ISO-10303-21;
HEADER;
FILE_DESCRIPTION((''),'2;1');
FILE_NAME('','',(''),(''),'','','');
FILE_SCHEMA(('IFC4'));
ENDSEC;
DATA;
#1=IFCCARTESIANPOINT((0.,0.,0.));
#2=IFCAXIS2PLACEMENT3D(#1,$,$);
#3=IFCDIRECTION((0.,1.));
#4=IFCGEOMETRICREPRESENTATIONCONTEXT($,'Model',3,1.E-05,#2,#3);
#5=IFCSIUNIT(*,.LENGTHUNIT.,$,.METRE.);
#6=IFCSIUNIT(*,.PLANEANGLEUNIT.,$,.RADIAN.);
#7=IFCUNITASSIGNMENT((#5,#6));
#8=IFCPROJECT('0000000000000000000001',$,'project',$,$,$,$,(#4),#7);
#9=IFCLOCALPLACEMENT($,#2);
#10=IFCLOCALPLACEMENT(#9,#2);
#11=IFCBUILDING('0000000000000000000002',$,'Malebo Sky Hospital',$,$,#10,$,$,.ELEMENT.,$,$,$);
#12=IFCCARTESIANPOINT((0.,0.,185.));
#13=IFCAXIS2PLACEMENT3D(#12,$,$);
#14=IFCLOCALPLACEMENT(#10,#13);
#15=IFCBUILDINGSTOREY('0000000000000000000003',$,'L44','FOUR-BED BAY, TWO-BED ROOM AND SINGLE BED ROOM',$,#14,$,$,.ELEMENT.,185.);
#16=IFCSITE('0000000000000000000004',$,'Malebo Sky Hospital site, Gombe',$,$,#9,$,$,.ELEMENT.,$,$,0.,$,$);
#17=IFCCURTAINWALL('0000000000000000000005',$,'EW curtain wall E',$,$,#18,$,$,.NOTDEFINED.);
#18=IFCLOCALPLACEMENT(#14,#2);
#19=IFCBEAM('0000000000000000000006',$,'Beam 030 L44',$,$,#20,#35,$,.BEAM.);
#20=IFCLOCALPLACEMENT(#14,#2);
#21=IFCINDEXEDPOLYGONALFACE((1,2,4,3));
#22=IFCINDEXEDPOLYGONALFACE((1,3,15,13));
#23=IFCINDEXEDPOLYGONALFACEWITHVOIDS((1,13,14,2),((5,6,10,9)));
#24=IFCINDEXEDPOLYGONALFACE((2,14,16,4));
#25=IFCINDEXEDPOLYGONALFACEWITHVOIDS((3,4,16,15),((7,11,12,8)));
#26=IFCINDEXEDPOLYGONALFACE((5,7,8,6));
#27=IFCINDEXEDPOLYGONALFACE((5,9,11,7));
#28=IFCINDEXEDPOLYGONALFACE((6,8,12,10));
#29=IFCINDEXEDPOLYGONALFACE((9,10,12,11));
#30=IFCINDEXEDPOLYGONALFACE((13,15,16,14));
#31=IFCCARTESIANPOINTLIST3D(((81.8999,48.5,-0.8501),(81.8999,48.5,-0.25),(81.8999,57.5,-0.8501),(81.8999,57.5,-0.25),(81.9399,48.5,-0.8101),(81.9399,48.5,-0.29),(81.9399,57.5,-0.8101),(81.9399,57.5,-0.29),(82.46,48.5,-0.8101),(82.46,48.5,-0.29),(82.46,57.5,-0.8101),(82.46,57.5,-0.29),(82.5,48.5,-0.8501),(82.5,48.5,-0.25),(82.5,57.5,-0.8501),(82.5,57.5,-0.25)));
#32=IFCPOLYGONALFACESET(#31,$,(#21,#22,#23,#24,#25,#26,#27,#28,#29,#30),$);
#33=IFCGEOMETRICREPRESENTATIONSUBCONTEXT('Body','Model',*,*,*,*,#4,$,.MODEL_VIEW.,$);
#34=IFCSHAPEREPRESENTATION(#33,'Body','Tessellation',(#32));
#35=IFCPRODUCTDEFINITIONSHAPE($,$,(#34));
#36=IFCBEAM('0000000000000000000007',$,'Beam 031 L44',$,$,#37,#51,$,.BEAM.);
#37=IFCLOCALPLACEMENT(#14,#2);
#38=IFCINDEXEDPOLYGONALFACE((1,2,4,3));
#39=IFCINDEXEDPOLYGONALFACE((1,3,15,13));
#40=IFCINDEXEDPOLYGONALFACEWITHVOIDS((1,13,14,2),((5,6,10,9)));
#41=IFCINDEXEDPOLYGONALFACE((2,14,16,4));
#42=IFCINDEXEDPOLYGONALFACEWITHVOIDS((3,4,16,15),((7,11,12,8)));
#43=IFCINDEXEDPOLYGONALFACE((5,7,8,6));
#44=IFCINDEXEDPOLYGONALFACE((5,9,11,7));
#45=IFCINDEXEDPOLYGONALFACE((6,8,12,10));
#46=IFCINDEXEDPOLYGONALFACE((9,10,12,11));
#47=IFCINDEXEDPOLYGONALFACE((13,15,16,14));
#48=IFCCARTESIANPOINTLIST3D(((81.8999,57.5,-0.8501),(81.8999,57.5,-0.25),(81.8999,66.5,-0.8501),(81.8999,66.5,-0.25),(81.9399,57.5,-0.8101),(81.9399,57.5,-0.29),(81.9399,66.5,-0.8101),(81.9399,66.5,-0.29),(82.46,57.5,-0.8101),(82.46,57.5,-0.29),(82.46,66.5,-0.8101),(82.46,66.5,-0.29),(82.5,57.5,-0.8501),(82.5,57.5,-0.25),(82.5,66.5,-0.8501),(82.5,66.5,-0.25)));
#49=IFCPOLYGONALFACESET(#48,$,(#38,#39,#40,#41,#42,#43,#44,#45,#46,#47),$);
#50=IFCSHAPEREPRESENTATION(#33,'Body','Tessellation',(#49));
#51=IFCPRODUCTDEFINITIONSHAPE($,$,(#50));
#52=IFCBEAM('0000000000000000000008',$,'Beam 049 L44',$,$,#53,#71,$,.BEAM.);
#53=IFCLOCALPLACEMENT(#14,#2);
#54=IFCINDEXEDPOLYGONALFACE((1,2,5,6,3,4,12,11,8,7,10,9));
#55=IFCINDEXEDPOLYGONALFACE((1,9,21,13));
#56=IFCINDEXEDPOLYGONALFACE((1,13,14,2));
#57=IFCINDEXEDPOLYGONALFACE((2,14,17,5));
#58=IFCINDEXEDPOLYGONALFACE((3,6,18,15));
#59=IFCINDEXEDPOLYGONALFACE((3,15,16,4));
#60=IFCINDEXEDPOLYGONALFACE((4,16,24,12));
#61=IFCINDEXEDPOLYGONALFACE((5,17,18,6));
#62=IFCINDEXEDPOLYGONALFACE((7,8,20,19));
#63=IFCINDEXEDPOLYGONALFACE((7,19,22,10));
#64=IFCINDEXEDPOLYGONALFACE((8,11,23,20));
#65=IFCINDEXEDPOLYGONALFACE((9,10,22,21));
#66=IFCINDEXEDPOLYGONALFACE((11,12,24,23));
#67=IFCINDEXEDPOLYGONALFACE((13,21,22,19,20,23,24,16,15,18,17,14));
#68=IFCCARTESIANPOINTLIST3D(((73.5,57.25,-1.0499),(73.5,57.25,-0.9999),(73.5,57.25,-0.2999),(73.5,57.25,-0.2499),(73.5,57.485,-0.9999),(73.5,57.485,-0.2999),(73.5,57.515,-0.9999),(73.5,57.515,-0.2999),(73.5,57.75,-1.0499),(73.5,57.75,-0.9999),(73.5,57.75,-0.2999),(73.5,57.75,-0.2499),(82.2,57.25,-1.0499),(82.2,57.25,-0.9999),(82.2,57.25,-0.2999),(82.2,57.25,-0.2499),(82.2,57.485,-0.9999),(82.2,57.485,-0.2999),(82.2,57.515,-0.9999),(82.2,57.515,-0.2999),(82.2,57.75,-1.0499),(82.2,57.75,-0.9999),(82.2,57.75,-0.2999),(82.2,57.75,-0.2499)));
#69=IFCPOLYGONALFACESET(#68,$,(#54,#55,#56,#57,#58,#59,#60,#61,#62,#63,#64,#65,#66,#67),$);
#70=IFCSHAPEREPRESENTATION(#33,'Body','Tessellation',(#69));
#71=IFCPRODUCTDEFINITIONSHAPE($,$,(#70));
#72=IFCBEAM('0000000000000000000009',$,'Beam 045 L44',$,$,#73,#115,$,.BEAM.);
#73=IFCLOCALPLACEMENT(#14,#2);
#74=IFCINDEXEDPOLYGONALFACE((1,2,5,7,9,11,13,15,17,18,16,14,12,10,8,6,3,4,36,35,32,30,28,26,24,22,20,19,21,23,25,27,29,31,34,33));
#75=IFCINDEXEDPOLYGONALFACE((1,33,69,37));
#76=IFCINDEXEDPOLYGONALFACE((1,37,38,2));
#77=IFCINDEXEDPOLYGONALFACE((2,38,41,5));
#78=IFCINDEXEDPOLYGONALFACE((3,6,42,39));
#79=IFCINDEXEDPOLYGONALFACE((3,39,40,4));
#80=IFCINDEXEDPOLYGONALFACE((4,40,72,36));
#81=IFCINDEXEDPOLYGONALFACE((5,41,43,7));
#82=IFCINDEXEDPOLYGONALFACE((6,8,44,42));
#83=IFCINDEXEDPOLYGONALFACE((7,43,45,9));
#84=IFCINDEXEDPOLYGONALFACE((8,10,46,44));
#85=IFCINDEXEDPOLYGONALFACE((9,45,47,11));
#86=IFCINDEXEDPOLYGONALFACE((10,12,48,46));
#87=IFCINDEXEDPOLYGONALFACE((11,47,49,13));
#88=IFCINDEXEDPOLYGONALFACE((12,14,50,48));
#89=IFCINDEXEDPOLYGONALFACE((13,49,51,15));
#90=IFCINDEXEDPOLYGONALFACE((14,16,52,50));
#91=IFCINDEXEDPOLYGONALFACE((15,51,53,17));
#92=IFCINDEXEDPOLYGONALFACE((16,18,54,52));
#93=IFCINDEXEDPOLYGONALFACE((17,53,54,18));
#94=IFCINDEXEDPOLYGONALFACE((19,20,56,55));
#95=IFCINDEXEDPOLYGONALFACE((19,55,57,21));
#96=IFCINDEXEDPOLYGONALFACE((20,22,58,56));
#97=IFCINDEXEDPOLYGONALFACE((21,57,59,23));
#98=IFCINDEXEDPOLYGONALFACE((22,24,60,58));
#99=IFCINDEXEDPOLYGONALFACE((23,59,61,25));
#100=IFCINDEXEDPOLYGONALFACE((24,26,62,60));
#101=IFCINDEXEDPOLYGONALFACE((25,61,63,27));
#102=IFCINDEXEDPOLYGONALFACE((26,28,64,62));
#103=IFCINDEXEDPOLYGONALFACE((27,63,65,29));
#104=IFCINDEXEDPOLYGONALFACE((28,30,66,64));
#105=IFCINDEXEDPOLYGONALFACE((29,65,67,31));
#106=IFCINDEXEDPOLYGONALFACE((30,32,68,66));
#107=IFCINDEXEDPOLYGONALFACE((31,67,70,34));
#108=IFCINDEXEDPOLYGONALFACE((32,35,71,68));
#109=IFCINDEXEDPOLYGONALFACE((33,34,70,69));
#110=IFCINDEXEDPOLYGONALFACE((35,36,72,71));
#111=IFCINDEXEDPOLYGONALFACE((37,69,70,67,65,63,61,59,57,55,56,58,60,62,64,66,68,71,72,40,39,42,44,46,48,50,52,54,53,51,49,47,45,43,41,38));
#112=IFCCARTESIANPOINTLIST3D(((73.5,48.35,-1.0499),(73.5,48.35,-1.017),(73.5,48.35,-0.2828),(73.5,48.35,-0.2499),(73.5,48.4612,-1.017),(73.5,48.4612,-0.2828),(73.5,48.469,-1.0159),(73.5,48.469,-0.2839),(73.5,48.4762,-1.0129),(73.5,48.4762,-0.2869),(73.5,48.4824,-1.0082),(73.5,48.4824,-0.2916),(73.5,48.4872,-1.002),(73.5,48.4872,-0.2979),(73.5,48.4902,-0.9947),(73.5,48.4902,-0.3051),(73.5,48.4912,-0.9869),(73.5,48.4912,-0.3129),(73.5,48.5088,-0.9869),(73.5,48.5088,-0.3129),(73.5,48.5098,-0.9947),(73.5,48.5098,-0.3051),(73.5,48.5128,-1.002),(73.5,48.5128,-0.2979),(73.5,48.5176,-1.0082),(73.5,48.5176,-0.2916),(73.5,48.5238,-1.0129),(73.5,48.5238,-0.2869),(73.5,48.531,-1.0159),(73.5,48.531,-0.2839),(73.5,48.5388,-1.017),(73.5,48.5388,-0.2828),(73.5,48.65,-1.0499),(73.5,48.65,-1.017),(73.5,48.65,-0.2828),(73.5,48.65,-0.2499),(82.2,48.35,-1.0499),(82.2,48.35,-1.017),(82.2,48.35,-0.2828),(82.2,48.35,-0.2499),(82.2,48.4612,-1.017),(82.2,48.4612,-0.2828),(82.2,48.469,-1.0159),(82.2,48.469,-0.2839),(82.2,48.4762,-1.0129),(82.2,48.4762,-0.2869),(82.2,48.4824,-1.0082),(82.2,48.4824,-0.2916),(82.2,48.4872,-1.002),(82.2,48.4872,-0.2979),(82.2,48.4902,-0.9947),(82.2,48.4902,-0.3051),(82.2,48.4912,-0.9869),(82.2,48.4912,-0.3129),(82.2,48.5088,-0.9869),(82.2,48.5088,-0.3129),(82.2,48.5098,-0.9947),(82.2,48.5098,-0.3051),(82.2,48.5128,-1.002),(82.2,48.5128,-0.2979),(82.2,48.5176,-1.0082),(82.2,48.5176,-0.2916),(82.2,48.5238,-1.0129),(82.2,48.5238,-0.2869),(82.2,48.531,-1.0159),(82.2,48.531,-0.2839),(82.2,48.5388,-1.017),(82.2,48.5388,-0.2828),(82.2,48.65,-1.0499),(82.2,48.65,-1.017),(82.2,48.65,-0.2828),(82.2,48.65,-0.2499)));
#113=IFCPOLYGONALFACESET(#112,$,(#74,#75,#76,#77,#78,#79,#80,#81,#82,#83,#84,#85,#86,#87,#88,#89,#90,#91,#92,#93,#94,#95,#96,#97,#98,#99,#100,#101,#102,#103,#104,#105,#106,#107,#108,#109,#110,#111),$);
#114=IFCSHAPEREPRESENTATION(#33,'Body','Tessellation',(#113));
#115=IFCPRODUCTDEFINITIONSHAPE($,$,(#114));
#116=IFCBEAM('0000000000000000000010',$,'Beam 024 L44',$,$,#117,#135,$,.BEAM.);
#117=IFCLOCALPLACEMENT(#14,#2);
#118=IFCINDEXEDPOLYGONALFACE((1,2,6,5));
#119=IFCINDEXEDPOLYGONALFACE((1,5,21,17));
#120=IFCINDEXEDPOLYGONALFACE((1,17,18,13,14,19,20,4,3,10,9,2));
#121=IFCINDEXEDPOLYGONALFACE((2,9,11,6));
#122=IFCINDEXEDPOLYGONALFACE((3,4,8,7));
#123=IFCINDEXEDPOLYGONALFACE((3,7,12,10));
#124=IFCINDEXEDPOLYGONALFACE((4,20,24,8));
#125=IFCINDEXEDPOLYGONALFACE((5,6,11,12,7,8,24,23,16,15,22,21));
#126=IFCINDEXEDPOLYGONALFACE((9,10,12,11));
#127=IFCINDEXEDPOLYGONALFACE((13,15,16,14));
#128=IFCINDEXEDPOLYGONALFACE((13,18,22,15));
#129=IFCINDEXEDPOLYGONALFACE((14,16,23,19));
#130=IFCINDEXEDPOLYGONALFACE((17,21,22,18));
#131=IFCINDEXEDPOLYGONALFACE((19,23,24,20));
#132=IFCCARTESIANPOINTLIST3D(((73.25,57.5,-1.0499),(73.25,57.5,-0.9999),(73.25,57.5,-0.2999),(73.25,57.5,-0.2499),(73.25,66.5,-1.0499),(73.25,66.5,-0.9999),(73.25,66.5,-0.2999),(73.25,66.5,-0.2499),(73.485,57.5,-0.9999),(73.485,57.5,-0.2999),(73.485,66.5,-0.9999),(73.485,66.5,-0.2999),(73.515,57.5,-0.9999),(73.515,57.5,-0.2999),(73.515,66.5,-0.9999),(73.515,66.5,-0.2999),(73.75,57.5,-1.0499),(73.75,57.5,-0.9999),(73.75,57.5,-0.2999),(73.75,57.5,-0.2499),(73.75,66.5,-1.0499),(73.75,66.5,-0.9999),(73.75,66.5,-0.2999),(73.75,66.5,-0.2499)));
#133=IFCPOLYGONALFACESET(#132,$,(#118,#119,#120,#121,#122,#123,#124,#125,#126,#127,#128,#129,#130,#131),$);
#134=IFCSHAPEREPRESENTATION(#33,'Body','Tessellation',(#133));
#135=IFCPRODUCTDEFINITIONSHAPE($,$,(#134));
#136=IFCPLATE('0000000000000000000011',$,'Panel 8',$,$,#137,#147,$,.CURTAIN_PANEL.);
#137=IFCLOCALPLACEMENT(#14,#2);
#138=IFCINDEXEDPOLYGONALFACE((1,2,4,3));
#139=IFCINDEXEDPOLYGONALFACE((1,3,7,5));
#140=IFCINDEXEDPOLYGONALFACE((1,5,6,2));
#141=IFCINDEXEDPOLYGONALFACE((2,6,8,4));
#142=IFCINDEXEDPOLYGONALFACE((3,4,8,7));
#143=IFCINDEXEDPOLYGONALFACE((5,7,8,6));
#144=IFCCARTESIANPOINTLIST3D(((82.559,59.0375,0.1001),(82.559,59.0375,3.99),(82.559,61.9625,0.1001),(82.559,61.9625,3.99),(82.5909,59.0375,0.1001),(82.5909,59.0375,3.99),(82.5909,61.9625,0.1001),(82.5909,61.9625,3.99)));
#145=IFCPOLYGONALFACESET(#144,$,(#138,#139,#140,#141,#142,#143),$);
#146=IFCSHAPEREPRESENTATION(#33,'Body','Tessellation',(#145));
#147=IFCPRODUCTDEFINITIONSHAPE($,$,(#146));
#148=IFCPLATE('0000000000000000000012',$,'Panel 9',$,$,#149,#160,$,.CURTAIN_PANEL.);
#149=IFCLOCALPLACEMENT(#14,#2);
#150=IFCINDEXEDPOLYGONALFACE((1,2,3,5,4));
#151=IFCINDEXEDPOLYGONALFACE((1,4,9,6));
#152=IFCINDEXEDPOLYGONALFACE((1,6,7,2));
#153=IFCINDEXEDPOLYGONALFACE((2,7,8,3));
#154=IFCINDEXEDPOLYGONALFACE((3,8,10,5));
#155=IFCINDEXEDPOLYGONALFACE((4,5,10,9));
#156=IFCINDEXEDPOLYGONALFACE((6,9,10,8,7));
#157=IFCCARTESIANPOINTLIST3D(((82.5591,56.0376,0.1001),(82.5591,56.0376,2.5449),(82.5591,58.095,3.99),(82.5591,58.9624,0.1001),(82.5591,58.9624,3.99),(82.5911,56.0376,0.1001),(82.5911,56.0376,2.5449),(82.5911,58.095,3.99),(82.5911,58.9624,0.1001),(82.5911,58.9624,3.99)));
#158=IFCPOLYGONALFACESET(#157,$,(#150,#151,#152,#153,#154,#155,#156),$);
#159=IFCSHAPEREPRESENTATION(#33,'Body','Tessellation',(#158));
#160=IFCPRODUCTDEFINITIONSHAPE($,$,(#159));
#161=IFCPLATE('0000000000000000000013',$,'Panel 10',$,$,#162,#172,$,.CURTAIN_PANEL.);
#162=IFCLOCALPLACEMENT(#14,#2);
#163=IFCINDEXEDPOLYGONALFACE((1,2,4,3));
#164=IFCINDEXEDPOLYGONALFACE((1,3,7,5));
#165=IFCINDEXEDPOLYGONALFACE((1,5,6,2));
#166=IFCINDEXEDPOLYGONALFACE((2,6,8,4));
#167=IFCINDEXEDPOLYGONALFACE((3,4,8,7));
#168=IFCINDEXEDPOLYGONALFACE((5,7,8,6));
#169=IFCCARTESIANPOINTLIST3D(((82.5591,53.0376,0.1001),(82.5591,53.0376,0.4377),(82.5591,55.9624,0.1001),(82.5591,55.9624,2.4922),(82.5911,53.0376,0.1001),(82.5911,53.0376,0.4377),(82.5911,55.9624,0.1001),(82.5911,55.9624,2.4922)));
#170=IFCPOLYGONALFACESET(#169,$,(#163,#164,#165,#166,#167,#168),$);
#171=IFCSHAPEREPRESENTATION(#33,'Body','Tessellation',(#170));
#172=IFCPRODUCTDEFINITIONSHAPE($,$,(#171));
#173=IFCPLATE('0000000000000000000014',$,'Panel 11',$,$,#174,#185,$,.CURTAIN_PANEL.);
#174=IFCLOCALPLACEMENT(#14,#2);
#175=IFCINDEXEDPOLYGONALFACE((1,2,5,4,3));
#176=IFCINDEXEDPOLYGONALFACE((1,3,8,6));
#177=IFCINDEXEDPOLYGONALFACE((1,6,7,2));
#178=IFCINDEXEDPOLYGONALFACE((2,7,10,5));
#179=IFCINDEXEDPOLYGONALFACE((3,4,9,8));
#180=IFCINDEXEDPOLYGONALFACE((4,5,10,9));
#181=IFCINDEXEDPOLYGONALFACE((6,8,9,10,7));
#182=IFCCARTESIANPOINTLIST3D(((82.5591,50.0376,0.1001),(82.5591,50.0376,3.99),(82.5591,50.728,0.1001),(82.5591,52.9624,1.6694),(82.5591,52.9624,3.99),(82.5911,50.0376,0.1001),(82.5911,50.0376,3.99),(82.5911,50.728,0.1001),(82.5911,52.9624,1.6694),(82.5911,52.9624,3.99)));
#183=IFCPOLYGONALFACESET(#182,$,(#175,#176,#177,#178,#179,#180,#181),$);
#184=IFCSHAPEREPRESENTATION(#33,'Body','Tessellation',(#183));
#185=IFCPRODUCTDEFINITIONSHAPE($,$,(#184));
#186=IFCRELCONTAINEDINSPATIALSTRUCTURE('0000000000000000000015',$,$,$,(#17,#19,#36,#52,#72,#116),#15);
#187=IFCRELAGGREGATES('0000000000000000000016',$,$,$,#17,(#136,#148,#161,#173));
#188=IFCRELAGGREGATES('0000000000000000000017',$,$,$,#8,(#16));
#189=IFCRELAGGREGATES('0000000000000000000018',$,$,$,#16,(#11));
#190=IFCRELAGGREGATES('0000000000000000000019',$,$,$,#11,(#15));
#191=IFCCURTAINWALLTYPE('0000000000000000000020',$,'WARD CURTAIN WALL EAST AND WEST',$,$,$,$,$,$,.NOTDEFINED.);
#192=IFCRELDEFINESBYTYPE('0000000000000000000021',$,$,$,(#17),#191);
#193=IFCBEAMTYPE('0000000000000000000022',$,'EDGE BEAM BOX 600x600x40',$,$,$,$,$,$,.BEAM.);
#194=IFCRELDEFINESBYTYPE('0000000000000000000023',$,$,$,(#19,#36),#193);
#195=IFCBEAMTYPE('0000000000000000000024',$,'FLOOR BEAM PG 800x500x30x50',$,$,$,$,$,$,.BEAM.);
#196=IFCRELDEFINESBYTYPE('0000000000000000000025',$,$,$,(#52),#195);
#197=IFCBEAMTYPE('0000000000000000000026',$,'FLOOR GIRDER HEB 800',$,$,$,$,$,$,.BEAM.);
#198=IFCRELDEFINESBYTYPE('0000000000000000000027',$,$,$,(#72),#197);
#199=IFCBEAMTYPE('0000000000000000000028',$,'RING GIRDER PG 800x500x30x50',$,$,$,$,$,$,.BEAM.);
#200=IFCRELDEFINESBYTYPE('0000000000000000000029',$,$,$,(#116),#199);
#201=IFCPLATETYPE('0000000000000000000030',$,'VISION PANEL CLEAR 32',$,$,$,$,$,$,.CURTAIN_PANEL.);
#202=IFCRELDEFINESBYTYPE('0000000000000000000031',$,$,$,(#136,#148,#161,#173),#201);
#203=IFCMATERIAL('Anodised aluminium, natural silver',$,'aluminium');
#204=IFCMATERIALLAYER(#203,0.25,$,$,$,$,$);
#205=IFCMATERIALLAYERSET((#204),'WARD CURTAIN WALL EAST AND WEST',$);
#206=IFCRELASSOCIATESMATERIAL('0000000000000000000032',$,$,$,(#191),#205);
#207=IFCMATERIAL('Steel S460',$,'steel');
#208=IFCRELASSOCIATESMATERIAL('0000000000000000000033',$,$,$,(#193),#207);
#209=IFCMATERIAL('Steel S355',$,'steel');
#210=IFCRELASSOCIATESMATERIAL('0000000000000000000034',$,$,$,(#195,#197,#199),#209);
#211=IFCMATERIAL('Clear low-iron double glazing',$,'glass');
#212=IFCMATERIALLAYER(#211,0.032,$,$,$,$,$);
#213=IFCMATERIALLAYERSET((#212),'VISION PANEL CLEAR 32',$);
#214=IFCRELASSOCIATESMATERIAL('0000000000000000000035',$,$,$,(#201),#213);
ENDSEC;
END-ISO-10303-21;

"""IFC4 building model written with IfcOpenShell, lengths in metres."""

from ifc_helpers import new_model, si_unit, direction, frame, origin, origin_2d, place, context, subcontext, project, spatial, polyline, rectangle, hollow_rectangle, i_section, outline, extrude, material, layer, layer_set, material_profile, profile_set, type_object, element, aggregate, save


model = new_model("IFC4")

# Units and contexts
model_context = context("Model", 3, precision=1e-05, world=origin(), true_north=direction((0.0, 1.0)))
body_context = subcontext(model_context, "Body", "Model", "MODEL_VIEW")
ifc_project = project(units=[si_unit("LENGTHUNIT", "METRE"), si_unit("PLANEANGLEUNIT", "RADIAN")], contexts=[model_context])

# Site, building, storey
site_placement = place(None, origin())
site = spatial("IfcSite", under=ifc_project, at=site_placement, Name="Malebo Sky Hospital site, Gombe", CompositionType="ELEMENT", RefElevation=0.0)
building_placement = place(site_placement, origin())
building = spatial("IfcBuilding", under=site, at=building_placement, Name="Malebo Sky Hospital", CompositionType="ELEMENT")
storey_placement = place(building_placement, frame((0.0, 0.0, 185.0)))
storey = spatial("IfcBuildingStorey", under=building, at=storey_placement, Name="L44", Description="FOUR-BED BAY, TWO-BED ROOM AND SINGLE BED ROOM", CompositionType="ELEMENT", Elevation=185.0)

# Shared definitions
ifc_material_1 = material(Name="Steel S460", Category="steel")

# Curtain wall
ifc_material_2 = material(Name="Anodised aluminium, natural silver", Category="aluminium")
ifc_layer_1 = layer(ifc_material_2, 0.25)
ifc_layer_set_1 = layer_set([ifc_layer_1], Name="WARD CURTAIN WALL EAST AND WEST")
curtain_wall_type = type_object("IfcCurtainWallType", Name="WARD CURTAIN WALL EAST AND WEST", PredefinedType="NOTDEFINED", material=ifc_layer_set_1)
curtain_wall_placement = place(storey_placement, origin())
curtain_wall = element("IfcCurtainWall", 1, at=curtain_wall_placement, inside=storey, type_object=curtain_wall_type, Name="EW curtain wall E", PredefinedType="NOTDEFINED")

# Shared definitions
ifc_material_3 = material(Name="Steel S355", Category="steel")

# Beams
ifc_material_profile_1 = material_profile(ifc_material_1, hollow_rectangle(XDim=0.6001, YDim=0.6001, WallThickness=0.04, at=origin_2d()), Name="BOX 600x600x40")
ifc_profile_set_1 = profile_set([ifc_material_profile_1], Name="Steel S460")
beam_type_1 = type_object("IfcBeamType", Name="EDGE BEAM BOX 600x600x40", PredefinedType="BEAM", material=ifc_profile_set_1)
for number, where, z_axis, x_axis, name in (
    (2, (82.2, 48.5, -0.55), (0.0, 1.0, 0.0), (-1.0, 0.0, 0.0), "Beam 030 L44"),
    (3, (82.2, 57.5, -0.55), (0.0, 1.0, 0.0), (-1.0, 0.0, 0.0), "Beam 031 L44"),
):
    element("IfcBeam", number, at=place(storey_placement, frame(where, z_axis=z_axis, x_axis=x_axis)), inside=storey, type_object=beam_type_1, Name=name, PredefinedType="BEAM", context=body_context, shape_type="SweptSolid", body=[
        extrude(hollow_rectangle(XDim=0.6001, YDim=0.6001, WallThickness=0.04, at=origin_2d()), origin(), (0.0, 0.0, 1.0), 9.0),
    ])
ifc_material_profile_2 = material_profile(ifc_material_3, i_section(OverallWidth=0.5, OverallDepth=0.8, WebThickness=0.03, FlangeThickness=0.05, at=origin_2d()), Name="PG 800x500x30x50")
ifc_profile_set_2 = profile_set([ifc_material_profile_2], Name="Steel S355")
beam_type_2 = type_object("IfcBeamType", Name="FLOOR BEAM PG 800x500x30x50", PredefinedType="BEAM", material=ifc_profile_set_2)
beam_1_placement = place(storey_placement, frame((73.5, 57.5, -0.6499), z_axis=(1.0, 0.0, 0.0), x_axis=(0.0, 1.0, 0.0)))
element("IfcBeam", 4, at=beam_1_placement, inside=storey, type_object=beam_type_2, Name="Beam 049 L44", PredefinedType="BEAM", context=body_context, shape_type="SweptSolid", body=[
    extrude(i_section(OverallWidth=0.5, OverallDepth=0.8, WebThickness=0.03, FlangeThickness=0.05, at=origin_2d()), origin(), (0.0, 0.0, 1.0), 8.7),
])
ifc_material_profile_3 = material_profile(ifc_material_3, i_section(OverallWidth=0.3, OverallDepth=0.8, WebThickness=0.0176, FlangeThickness=0.033, FilletRadius=0.03, at=origin_2d()), Name="HEB 800")
ifc_profile_set_3 = profile_set([ifc_material_profile_3], Name="Steel S355")
beam_type_3 = type_object("IfcBeamType", Name="FLOOR GIRDER HEB 800", PredefinedType="BEAM", material=ifc_profile_set_3)
beam_2_placement = place(storey_placement, frame((73.5, 48.5, -0.6499), z_axis=(1.0, 0.0, 0.0), x_axis=(0.0, 1.0, 0.0)))
element("IfcBeam", 5, at=beam_2_placement, inside=storey, type_object=beam_type_3, Name="Beam 045 L44", PredefinedType="BEAM", context=body_context, shape_type="SweptSolid", body=[
    extrude(i_section(OverallWidth=0.3, OverallDepth=0.8, WebThickness=0.0176, FlangeThickness=0.033, FilletRadius=0.03, at=origin_2d()), origin(), (0.0, 0.0, 1.0), 8.7),
])
ifc_material_profile_4 = material_profile(ifc_material_3, i_section(OverallWidth=0.5, OverallDepth=0.8, WebThickness=0.03, FlangeThickness=0.05, at=origin_2d()), Name="PG 800x500x30x50")
ifc_profile_set_4 = profile_set([ifc_material_profile_4], Name="Steel S355")
beam_type_4 = type_object("IfcBeamType", Name="RING GIRDER PG 800x500x30x50", PredefinedType="BEAM", material=ifc_profile_set_4)
beam_3_placement = place(storey_placement, frame((73.5, 57.5, -0.6499), z_axis=(0.0, 1.0, 0.0), x_axis=(-1.0, 0.0, 0.0)))
element("IfcBeam", 6, at=beam_3_placement, inside=storey, type_object=beam_type_4, Name="Beam 024 L44", PredefinedType="BEAM", context=body_context, shape_type="SweptSolid", body=[
    extrude(i_section(OverallWidth=0.5, OverallDepth=0.8, WebThickness=0.03, FlangeThickness=0.05, at=origin_2d()), origin(), (0.0, 0.0, 1.0), 9.0),
])

# Plates
ifc_material_4 = material(Name="Clear low-iron double glazing", Category="glass")
ifc_layer_2 = layer(ifc_material_4, 0.032)
ifc_layer_set_2 = layer_set([ifc_layer_2], Name="VISION PANEL CLEAR 32")
plate_type = type_object("IfcPlateType", Name="VISION PANEL CLEAR 32", PredefinedType="CURTAIN_PANEL", material=ifc_layer_set_2)
plate_1_placement = place(storey_placement, frame((82.575, 60.5, 0.1001), z_axis=(0.0, 0.0, 1.0), x_axis=(0.0, -1.0, 0.0)))
plate_1 = element("IfcPlate", 7, at=plate_1_placement, type_object=plate_type, Name="Panel 8", PredefinedType="CURTAIN_PANEL", context=body_context, shape_type="SweptSolid", body=[
    extrude(rectangle(XDim=2.925, YDim=0.032, at=origin_2d()), origin(), (0.0, 0.0, 1.0), 3.8899),
])
plate_2_placement = place(storey_placement, frame((82.575, 57.5, 0.1001), z_axis=(0.0, 0.0, 1.0), x_axis=(0.0, -1.0, 0.0)))
plate_2 = element("IfcPlate", 8, at=plate_2_placement, type_object=plate_type, Name="Panel 9", PredefinedType="CURTAIN_PANEL", context=body_context, shape_type="SweptSolid", body=[
    extrude(outline(polyline([(-1.4624, 0.0), (1.4624, 0.0), (1.4624, 2.4448), (-0.595, 3.8899), (-1.4624, 3.8899), (-1.4624, 0.0)])), frame((0.0, 0.0161, 0.0), z_axis=(0.0, -1.0, 0.0), x_axis=(1.0, 0.0, 0.0)), (0.0, 0.0, 1.0), 0.032),
])
plate_3_placement = place(storey_placement, frame((82.575, 54.5, 0.1001), z_axis=(0.0, 0.0, 1.0), x_axis=(0.0, -1.0, 0.0)))
plate_3 = element("IfcPlate", 9, at=plate_3_placement, type_object=plate_type, Name="Panel 10", PredefinedType="CURTAIN_PANEL", context=body_context, shape_type="SweptSolid", body=[
    extrude(outline(polyline([(-1.4624, 0.0), (1.4624, 0.0), (1.4624, 0.3376), (-1.4624, 2.3921), (-1.4624, 0.0)])), frame((0.0, 0.0161, 0.0), z_axis=(0.0, -1.0, 0.0), x_axis=(1.0, 0.0, 0.0)), (0.0, 0.0, 1.0), 0.032),
])
plate_4_placement = place(storey_placement, frame((82.575, 51.5, 0.1001), z_axis=(0.0, 0.0, 1.0), x_axis=(0.0, -1.0, 0.0)))
plate_4 = element("IfcPlate", 10, at=plate_4_placement, type_object=plate_type, Name="Panel 11", PredefinedType="CURTAIN_PANEL", context=body_context, shape_type="SweptSolid", body=[
    extrude(outline(polyline([(0.772, 0.0), (1.4624, 0.0), (1.4624, 3.8899), (-1.4624, 3.8899), (-1.4624, 1.5693), (0.772, 0.0)])), frame((0.0, 0.0161, 0.0), z_axis=(0.0, -1.0, 0.0), x_axis=(1.0, 0.0, 0.0)), (0.0, 0.0, 1.0), 0.032),
])
aggregate(curtain_wall, [plate_1, plate_2, plate_3, plate_4])

save(model, "model.ifc")
